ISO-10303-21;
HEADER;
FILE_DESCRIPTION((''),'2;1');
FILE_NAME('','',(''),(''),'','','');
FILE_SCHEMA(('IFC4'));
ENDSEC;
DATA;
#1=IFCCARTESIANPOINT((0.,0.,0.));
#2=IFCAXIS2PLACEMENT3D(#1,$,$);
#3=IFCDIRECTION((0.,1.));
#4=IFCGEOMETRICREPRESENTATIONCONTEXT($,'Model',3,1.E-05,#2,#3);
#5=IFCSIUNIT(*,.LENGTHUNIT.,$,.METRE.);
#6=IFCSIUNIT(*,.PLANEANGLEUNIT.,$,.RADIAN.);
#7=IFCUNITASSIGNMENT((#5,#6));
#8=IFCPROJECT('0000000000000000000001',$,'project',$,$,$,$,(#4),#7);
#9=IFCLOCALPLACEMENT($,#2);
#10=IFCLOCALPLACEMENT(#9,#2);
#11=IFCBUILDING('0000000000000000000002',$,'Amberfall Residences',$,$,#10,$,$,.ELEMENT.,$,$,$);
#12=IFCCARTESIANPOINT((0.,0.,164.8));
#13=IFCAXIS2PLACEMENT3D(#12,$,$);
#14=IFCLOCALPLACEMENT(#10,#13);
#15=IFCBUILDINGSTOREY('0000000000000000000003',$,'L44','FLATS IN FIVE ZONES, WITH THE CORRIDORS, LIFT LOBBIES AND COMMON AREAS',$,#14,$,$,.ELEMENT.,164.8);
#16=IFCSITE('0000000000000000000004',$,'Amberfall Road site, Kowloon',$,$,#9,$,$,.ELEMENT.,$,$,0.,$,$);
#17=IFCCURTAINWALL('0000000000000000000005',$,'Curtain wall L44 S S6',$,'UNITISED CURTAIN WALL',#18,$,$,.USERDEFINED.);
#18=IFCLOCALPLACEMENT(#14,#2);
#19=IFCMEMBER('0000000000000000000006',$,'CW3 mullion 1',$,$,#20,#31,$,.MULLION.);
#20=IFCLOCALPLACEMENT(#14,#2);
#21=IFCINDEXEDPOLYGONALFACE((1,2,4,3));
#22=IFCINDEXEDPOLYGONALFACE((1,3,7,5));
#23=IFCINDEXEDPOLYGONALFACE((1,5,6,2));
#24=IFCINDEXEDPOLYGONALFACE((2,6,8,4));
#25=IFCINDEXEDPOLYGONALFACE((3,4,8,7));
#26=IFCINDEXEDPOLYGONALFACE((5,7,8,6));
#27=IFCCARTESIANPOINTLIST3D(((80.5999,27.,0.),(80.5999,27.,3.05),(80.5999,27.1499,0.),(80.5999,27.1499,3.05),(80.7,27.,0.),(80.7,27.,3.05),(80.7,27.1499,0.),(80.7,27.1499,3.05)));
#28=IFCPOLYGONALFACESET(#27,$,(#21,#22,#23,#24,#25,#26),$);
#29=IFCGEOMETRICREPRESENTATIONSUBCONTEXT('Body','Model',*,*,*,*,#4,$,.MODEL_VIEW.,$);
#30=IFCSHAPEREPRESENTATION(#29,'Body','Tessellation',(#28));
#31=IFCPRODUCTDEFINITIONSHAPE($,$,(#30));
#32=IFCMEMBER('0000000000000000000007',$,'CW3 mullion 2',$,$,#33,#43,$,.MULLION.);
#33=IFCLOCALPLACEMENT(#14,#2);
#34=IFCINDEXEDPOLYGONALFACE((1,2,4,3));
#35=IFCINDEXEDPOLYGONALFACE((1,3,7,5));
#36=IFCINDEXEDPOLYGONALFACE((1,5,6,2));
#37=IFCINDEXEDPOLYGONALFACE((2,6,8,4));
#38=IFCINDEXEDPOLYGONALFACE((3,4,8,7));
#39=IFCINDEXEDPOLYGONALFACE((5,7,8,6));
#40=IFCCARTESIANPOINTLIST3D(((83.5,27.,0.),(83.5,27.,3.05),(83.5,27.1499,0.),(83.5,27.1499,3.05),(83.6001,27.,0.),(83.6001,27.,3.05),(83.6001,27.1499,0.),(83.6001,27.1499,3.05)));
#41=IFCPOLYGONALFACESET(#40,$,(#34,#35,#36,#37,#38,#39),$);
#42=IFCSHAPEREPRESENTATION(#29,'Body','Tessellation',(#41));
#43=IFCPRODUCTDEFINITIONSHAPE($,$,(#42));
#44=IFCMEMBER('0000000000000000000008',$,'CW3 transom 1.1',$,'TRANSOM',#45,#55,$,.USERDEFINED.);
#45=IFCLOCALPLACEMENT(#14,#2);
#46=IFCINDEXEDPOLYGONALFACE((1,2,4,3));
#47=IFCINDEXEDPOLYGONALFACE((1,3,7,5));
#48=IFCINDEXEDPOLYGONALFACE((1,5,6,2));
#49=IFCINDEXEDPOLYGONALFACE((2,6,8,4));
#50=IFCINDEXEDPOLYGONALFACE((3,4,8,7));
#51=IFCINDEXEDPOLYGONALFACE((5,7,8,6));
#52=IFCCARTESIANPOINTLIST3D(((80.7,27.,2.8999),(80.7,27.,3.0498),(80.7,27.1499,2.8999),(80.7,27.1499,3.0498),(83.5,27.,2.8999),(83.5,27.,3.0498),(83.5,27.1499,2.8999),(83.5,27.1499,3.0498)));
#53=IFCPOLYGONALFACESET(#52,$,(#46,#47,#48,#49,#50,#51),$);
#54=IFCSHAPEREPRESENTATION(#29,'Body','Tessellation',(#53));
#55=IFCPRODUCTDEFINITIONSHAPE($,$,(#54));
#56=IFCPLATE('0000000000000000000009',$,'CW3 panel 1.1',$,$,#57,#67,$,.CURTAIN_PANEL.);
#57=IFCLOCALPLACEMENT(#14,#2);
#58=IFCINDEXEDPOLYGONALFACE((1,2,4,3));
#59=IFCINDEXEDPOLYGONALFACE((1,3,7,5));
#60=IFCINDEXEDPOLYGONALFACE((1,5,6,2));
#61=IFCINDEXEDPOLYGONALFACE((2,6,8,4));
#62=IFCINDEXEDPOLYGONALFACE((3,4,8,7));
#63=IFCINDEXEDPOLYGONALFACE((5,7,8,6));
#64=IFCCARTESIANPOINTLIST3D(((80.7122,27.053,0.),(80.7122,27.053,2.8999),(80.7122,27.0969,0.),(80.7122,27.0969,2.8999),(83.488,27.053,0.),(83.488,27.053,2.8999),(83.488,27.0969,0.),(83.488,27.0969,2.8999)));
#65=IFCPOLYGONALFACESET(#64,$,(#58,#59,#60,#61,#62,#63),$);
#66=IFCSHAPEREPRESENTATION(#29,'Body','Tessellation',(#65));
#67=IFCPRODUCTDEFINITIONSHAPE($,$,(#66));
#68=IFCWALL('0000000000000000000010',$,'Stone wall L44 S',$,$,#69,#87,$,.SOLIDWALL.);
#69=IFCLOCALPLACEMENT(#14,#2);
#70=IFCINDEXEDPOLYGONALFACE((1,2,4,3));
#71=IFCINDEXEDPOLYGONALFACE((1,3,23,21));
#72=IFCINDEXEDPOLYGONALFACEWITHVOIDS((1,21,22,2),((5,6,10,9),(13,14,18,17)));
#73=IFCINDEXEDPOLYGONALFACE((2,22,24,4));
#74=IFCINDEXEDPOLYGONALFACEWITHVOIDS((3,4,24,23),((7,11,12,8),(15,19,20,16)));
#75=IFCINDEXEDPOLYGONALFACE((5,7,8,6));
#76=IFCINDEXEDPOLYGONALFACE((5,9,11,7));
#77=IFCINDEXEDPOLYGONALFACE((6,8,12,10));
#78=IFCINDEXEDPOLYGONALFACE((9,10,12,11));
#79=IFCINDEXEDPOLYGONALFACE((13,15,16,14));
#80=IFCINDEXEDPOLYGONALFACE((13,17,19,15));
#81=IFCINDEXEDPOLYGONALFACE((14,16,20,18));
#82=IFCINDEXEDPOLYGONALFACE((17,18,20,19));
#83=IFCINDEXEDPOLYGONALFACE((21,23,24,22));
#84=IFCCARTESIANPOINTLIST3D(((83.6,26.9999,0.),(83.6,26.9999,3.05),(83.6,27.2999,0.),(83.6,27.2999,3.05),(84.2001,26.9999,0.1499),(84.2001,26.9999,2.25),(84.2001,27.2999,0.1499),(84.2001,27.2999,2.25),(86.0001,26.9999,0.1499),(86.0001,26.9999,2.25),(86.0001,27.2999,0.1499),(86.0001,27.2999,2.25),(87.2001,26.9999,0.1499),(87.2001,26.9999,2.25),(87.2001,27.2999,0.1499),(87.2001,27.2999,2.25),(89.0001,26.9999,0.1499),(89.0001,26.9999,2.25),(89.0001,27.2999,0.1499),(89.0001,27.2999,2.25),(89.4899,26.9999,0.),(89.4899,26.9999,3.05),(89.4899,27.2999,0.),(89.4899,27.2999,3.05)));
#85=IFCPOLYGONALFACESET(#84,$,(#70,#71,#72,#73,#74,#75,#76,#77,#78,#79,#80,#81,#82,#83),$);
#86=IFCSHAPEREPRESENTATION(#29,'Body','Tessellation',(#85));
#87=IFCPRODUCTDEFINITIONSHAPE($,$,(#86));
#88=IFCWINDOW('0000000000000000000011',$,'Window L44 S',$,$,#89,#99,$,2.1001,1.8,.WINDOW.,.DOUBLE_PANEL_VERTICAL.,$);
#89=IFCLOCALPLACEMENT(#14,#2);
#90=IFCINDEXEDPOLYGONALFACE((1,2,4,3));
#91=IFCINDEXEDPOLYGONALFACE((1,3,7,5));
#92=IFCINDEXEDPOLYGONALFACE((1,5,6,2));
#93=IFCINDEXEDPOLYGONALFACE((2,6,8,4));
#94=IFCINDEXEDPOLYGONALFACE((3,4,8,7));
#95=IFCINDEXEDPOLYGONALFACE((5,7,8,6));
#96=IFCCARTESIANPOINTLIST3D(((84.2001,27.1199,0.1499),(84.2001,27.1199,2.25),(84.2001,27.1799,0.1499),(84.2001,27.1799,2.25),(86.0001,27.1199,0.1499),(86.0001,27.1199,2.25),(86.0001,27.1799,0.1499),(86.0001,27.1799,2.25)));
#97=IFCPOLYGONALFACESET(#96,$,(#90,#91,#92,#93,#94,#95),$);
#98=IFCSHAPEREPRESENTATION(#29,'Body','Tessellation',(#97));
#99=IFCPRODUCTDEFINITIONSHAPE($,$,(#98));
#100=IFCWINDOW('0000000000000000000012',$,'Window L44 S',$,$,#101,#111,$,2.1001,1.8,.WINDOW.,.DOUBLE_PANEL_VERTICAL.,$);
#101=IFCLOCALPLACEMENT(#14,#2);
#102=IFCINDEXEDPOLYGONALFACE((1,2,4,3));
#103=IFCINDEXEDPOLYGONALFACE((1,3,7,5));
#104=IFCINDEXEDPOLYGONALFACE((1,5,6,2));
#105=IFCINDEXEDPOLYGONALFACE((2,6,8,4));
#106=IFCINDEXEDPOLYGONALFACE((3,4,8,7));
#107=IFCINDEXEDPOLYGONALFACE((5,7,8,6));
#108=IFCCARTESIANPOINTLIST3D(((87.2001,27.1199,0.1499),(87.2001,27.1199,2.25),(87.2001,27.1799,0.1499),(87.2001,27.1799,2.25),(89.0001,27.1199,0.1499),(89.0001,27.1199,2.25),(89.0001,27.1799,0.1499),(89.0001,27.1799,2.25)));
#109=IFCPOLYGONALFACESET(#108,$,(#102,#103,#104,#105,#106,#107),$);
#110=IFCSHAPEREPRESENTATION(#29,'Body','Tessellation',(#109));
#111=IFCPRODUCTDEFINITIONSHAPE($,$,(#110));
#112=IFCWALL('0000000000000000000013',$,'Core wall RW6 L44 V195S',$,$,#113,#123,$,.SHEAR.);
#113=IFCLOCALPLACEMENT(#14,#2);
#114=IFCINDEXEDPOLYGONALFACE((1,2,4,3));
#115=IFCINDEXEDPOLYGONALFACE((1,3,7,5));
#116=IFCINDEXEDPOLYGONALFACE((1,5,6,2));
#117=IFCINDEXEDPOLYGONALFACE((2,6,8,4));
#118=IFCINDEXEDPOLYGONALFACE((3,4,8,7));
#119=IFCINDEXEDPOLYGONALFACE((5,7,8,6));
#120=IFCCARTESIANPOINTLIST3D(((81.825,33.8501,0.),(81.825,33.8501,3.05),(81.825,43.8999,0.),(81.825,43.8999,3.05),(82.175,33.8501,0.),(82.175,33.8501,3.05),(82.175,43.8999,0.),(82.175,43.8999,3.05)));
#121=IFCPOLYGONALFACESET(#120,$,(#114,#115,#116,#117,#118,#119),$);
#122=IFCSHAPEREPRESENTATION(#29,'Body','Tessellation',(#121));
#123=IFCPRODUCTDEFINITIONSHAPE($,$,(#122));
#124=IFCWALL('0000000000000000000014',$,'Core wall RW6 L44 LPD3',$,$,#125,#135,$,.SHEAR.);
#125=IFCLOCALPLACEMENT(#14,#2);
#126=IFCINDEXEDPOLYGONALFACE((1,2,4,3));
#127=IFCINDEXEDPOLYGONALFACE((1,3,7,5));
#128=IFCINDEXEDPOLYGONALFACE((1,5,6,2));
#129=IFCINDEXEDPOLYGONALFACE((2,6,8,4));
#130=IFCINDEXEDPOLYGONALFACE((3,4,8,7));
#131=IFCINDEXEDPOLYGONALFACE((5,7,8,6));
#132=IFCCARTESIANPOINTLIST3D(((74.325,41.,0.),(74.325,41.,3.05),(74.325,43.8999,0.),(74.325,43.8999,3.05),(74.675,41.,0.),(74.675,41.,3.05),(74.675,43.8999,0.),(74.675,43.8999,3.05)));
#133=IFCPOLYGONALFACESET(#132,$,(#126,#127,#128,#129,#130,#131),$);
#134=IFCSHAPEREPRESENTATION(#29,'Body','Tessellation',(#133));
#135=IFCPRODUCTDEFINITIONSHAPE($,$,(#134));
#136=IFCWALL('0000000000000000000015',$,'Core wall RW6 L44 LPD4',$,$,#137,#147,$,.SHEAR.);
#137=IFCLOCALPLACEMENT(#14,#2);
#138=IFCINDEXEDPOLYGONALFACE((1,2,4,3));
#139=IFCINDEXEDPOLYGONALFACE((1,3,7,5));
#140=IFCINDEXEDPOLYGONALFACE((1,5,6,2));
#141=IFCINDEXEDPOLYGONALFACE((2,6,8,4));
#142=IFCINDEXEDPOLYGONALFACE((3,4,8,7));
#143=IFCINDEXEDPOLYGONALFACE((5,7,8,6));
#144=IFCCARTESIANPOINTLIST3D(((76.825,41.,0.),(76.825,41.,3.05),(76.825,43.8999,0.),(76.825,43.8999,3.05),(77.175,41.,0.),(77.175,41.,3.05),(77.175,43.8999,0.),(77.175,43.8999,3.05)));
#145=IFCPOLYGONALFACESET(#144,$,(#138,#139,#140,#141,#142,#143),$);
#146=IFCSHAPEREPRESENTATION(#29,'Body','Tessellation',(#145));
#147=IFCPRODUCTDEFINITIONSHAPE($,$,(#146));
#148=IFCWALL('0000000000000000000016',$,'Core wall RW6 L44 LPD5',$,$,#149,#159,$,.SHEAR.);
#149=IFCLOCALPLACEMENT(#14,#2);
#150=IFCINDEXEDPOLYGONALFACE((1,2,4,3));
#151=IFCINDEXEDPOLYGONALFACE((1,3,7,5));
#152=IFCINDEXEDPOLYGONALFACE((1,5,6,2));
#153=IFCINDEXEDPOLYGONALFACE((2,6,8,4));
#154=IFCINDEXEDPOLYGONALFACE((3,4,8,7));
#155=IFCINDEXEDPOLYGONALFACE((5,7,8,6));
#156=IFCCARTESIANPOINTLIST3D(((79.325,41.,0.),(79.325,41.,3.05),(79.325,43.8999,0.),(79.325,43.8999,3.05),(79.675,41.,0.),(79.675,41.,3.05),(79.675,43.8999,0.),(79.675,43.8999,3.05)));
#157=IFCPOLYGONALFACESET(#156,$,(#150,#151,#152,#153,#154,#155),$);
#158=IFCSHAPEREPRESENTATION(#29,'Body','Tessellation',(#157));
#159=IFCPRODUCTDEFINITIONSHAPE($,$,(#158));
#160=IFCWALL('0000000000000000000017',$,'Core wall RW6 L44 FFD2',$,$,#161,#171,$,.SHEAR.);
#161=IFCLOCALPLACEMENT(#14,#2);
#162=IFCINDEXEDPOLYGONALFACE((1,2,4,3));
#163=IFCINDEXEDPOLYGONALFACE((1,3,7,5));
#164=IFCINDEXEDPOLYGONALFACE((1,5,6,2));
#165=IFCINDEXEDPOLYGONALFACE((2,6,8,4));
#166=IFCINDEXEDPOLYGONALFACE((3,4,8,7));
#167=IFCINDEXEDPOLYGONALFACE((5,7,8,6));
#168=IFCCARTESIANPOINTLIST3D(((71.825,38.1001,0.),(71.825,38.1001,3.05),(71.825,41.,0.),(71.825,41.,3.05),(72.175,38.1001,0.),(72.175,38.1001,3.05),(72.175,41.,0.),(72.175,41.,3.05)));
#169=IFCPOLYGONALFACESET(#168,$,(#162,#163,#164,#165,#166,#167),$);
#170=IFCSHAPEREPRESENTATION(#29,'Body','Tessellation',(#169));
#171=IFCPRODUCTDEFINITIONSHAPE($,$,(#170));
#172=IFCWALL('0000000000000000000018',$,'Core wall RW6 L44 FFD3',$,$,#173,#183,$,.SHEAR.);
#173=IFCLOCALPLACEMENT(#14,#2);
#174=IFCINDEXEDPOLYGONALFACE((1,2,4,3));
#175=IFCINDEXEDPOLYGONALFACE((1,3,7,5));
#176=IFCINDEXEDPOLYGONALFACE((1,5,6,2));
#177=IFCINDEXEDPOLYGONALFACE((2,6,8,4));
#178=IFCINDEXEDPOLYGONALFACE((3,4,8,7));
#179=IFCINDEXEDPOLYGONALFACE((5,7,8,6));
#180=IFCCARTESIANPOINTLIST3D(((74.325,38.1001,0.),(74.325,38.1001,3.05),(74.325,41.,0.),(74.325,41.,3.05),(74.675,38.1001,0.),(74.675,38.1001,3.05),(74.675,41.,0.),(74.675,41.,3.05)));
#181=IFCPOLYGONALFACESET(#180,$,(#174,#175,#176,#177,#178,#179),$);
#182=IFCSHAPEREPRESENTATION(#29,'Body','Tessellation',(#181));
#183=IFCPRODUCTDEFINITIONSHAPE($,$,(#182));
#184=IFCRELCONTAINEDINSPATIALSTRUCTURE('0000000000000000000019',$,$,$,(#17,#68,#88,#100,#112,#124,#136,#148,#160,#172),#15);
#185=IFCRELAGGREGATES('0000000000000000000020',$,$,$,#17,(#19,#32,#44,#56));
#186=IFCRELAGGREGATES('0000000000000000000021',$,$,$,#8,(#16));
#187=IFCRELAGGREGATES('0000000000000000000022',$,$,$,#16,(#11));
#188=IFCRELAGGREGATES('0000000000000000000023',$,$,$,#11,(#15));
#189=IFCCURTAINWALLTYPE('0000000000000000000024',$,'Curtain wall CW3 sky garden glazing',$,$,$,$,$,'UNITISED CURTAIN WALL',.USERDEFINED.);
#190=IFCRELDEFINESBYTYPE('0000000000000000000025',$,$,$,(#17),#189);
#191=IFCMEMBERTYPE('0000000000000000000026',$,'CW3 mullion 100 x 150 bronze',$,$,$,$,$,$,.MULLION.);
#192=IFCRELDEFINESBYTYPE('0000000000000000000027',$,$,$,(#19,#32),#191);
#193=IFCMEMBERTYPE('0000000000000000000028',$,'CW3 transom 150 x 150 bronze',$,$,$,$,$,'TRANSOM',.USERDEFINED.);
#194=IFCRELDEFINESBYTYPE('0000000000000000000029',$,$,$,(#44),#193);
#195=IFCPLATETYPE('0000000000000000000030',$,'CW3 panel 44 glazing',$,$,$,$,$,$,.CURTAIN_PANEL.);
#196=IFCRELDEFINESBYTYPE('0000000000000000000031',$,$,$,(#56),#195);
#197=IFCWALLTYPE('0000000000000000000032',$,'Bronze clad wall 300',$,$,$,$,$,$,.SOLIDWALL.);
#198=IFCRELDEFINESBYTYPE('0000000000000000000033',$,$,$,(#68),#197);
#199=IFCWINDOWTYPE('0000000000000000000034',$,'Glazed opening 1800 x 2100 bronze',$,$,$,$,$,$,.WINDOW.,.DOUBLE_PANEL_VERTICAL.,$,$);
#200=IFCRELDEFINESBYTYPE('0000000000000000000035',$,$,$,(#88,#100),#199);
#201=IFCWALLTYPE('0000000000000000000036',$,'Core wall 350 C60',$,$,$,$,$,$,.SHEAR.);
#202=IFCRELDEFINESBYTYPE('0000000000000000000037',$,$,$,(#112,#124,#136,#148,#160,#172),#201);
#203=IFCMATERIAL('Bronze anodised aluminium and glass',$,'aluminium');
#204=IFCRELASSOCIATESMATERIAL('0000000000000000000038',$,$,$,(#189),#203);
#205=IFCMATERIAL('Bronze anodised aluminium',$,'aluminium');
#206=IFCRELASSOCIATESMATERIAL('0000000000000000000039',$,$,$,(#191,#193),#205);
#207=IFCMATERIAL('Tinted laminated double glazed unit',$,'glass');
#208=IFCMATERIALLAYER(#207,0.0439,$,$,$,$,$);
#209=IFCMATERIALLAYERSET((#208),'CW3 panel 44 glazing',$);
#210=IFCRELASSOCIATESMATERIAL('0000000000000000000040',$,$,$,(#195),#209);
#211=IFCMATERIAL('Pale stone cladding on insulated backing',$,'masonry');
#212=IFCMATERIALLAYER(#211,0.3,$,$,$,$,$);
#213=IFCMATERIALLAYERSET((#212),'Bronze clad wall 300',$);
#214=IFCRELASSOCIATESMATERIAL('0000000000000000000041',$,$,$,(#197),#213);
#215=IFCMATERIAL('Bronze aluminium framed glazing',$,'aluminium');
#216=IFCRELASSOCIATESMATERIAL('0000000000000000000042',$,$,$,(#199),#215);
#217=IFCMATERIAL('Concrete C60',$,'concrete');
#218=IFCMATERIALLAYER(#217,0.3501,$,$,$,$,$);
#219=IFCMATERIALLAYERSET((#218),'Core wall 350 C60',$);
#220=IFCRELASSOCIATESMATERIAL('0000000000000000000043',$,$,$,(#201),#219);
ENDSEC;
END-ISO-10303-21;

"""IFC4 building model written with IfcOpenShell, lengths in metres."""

from ifc_helpers import new_model, si_unit, direction, frame, frame_2d, origin, origin_2d, place, context, subcontext, project, spatial, rectangle, extrude, material, layer, layer_set, material_profile, profile_set, type_object, element, fill, aggregate, save


model = new_model("IFC4")

# Units and contexts
model_context = context("Model", 3, precision=1e-05, world=origin(), true_north=direction((0.0, 1.0)))
body_context = subcontext(model_context, "Body", "Model", "MODEL_VIEW")
ifc_project = project(units=[si_unit("LENGTHUNIT", "METRE"), si_unit("PLANEANGLEUNIT", "RADIAN")], contexts=[model_context])

# Site, building, storey
site_placement = place(None, origin())
site = spatial("IfcSite", under=ifc_project, at=site_placement, Name="Amberfall Road site, Kowloon", CompositionType="ELEMENT", RefElevation=0.0)
building_placement = place(site_placement, origin())
building = spatial("IfcBuilding", under=site, at=building_placement, Name="Amberfall Residences", CompositionType="ELEMENT")
storey_placement = place(building_placement, frame((0.0, 0.0, 164.8)))
storey = spatial("IfcBuildingStorey", under=building, at=storey_placement, Name="L44", Description="FLATS IN FIVE ZONES, WITH THE CORRIDORS, LIFT LOBBIES AND COMMON AREAS", CompositionType="ELEMENT", Elevation=164.8)

# Curtain wall, members, plate
ifc_material_1 = material(Name="Bronze anodised aluminium and glass", Category="aluminium")
curtain_wall_type = type_object("IfcCurtainWallType", Name="Curtain wall CW3 sky garden glazing", ElementType="UNITISED CURTAIN WALL", PredefinedType="USERDEFINED", material=ifc_material_1)
curtain_wall_placement = place(storey_placement, origin())
curtain_wall = element("IfcCurtainWall", 1, at=curtain_wall_placement, inside=storey, type_object=curtain_wall_type, Name="Curtain wall L44 S S6", ObjectType="UNITISED CURTAIN WALL", PredefinedType="USERDEFINED")
ifc_material_2 = material(Name="Bronze anodised aluminium", Category="aluminium")
ifc_material_profile_1 = material_profile(ifc_material_2, rectangle(XDim=0.1499, YDim=0.1001, at=origin_2d()), Name="CW3 mullion 100 x 150 bronze")
ifc_profile_set_1 = profile_set([ifc_material_profile_1], Name="Bronze anodised aluminium")
member_type_1 = type_object("IfcMemberType", Name="CW3 mullion 100 x 150 bronze", PredefinedType="MULLION", material=ifc_profile_set_1)
member_1_placement = place(storey_placement, frame((80.6499, 27.075, 0.0), z_axis=(0.0, 0.0, 1.0), x_axis=(0.0, 1.0, 0.0)))
member_1 = element("IfcMember", 2, at=member_1_placement, type_object=member_type_1, Name="CW3 mullion 1", PredefinedType="MULLION", context=body_context, shape_type="SweptSolid", body=[
    extrude(rectangle(XDim=0.1499, YDim=0.1001, at=origin_2d()), origin(), (0.0, 0.0, 1.0), 3.05),
])
member_2_placement = place(storey_placement, frame((83.55, 27.075, 0.0), z_axis=(0.0, 0.0, 1.0), x_axis=(0.0, 1.0, 0.0)))
member_2 = element("IfcMember", 3, at=member_2_placement, type_object=member_type_1, Name="CW3 mullion 2", PredefinedType="MULLION", context=body_context, shape_type="SweptSolid", body=[
    extrude(rectangle(XDim=0.1499, YDim=0.1001, at=origin_2d()), origin(), (0.0, 0.0, 1.0), 3.05),
])
ifc_material_profile_2 = material_profile(ifc_material_2, rectangle(XDim=0.1499, YDim=0.1499, at=origin_2d()), Name="CW3 transom 150 x 150 bronze")
ifc_profile_set_2 = profile_set([ifc_material_profile_2], Name="Bronze anodised aluminium")
member_type_2 = type_object("IfcMemberType", Name="CW3 transom 150 x 150 bronze", ElementType="TRANSOM", PredefinedType="USERDEFINED", material=ifc_profile_set_2)
member_3_placement = place(storey_placement, frame((80.7, 27.075, 2.9749), z_axis=(1.0, 0.0, 0.0), x_axis=(0.0, 1.0, 0.0)))
member_3 = element("IfcMember", 4, at=member_3_placement, type_object=member_type_2, Name="CW3 transom 1.1", ObjectType="TRANSOM", PredefinedType="USERDEFINED", context=body_context, shape_type="SweptSolid", body=[
    extrude(rectangle(XDim=0.1499, YDim=0.1499, at=origin_2d()), origin(), (0.0, 0.0, 1.0), 2.8),
])
ifc_material_3 = material(Name="Tinted laminated double glazed unit", Category="glass")
ifc_layer_1 = layer(ifc_material_3, 0.0439)
ifc_layer_set_1 = layer_set([ifc_layer_1], Name="CW3 panel 44 glazing")
plate_type = type_object("IfcPlateType", Name="CW3 panel 44 glazing", PredefinedType="CURTAIN_PANEL", material=ifc_layer_set_1)
plate_placement = place(storey_placement, frame((82.1001, 27.075, 0.0), z_axis=(0.0, 0.0, 1.0), x_axis=(1.0, 0.0, 0.0)))
plate = element("IfcPlate", 5, at=plate_placement, type_object=plate_type, Name="CW3 panel 1.1", PredefinedType="CURTAIN_PANEL", context=body_context, shape_type="SweptSolid", body=[
    extrude(rectangle(XDim=2.7759, YDim=0.0439, at=origin_2d()), origin(), (0.0, 0.0, 1.0), 2.8999),
])
aggregate(curtain_wall, [member_1, member_2, member_3, plate])

# Wall, openings, windows
ifc_material_4 = material(Name="Pale stone cladding on insulated backing", Category="masonry")
ifc_layer_2 = layer(ifc_material_4, 0.3)
ifc_layer_set_2 = layer_set([ifc_layer_2], Name="Bronze clad wall 300")
wall_type_1 = type_object("IfcWallType", Name="Bronze clad wall 300", PredefinedType="SOLIDWALL", material=ifc_layer_set_2)
wall_1_placement = place(storey_placement, frame((83.6001, 27.1499, 0.0), z_axis=(0.0, 0.0, 1.0), x_axis=(1.0, 0.0, 0.0)))
wall_1 = element("IfcWall", 6, at=wall_1_placement, inside=storey, type_object=wall_type_1, Name="Stone wall L44 S", PredefinedType="SOLIDWALL", context=body_context, shape_type="SweptSolid", body=[
    extrude(rectangle(XDim=5.8899, YDim=0.3, at=frame_2d((2.9448, 0.0))), origin(), (0.0, 0.0, 1.0), 3.05),
])
opening_1_placement = place(wall_1_placement, frame((0.6001, 0.0, 0.1499)))
opening_1 = element("IfcOpeningElement", 7, at=opening_1_placement, cuts=wall_1, PredefinedType="OPENING", context=body_context, shape_type="SweptSolid", body=[
    extrude(rectangle(XDim=1.8, YDim=2.1001, at=frame_2d((0.8999, 1.05))), frame((0.0, 0.1599, 0.0), z_axis=(0.0, -1.0, 0.0), x_axis=(1.0, 0.0, 0.0)), (0.0, 0.0, 1.0), 0.3201),
])
opening_2_placement = place(wall_1_placement, frame((3.6001, 0.0, 0.1499)))
opening_2 = element("IfcOpeningElement", 8, at=opening_2_placement, cuts=wall_1, PredefinedType="OPENING", context=body_context, shape_type="SweptSolid", body=[
    extrude(rectangle(XDim=1.8, YDim=2.1001, at=frame_2d((0.8999, 1.05))), frame((0.0, 0.1599, 0.0), z_axis=(0.0, -1.0, 0.0), x_axis=(1.0, 0.0, 0.0)), (0.0, 0.0, 1.0), 0.3201),
])
ifc_material_5 = material(Name="Bronze aluminium framed glazing", Category="aluminium")
window_type = type_object("IfcWindowType", Name="Glazed opening 1800 x 2100 bronze", PartitioningType="DOUBLE_PANEL_VERTICAL", PredefinedType="WINDOW", material=ifc_material_5)
window_1_placement = place(opening_1_placement, origin())
window_1 = element("IfcWindow", 9, at=window_1_placement, inside=storey, type_object=window_type, Name="Window L44 S", OverallHeight=2.1001, OverallWidth=1.8, PartitioningType="DOUBLE_PANEL_VERTICAL", PredefinedType="WINDOW", context=body_context, shape_type="SweptSolid", body=[
    extrude(rectangle(XDim=1.8, YDim=2.1001, at=frame_2d((0.8999, 1.05))), frame((0.0, 0.03, 0.0), z_axis=(0.0, -1.0, 0.0), x_axis=(1.0, 0.0, 0.0)), (0.0, 0.0, 1.0), 0.0601),
])
fill(opening_1, window_1)
window_2_placement = place(opening_2_placement, origin())
window_2 = element("IfcWindow", 10, at=window_2_placement, inside=storey, type_object=window_type, Name="Window L44 S", OverallHeight=2.1001, OverallWidth=1.8, PartitioningType="DOUBLE_PANEL_VERTICAL", PredefinedType="WINDOW", context=body_context, shape_type="SweptSolid", body=[
    extrude(rectangle(XDim=1.8, YDim=2.1001, at=frame_2d((0.8999, 1.05))), frame((0.0, 0.03, 0.0), z_axis=(0.0, -1.0, 0.0), x_axis=(1.0, 0.0, 0.0)), (0.0, 0.0, 1.0), 0.0601),
])
fill(opening_2, window_2)

# Walls
ifc_material_6 = material(Name="Concrete C60", Category="concrete")
ifc_layer_3 = layer(ifc_material_6, 0.3501)
ifc_layer_set_3 = layer_set([ifc_layer_3], Name="Core wall 350 C60")
wall_type_2 = type_object("IfcWallType", Name="Core wall 350 C60", PredefinedType="SHEAR", material=ifc_layer_set_3)
wall_2_placement = place(storey_placement, frame((82.0, 33.8501, 0.0), z_axis=(0.0, 0.0, 1.0), x_axis=(0.0, 1.0, 0.0)))
element("IfcWall", 11, at=wall_2_placement, inside=storey, type_object=wall_type_2, Name="Core wall RW6 L44 V195S", PredefinedType="SHEAR", context=body_context, shape_type="SweptSolid", body=[
    extrude(rectangle(XDim=10.0498, YDim=0.3501, at=frame_2d((5.0249, 0.0))), origin(), (0.0, 0.0, 1.0), 3.05),
])
for number, where, z_axis, x_axis, name in (
    (12, (74.5, 41.0, 0.0), (0.0, 0.0, 1.0), (0.0, 1.0, 0.0), "Core wall RW6 L44 LPD3"),
    (13, (77.0, 41.0, 0.0), (0.0, 0.0, 1.0), (0.0, 1.0, 0.0), "Core wall RW6 L44 LPD4"),
    (14, (79.5, 41.0, 0.0), (0.0, 0.0, 1.0), (0.0, 1.0, 0.0), "Core wall RW6 L44 LPD5"),
    (15, (72.0, 38.1001, 0.0), (0.0, 0.0, 1.0), (0.0, 1.0, 0.0), "Core wall RW6 L44 FFD2"),
    (16, (74.5, 38.1001, 0.0), (0.0, 0.0, 1.0), (0.0, 1.0, 0.0), "Core wall RW6 L44 FFD3"),
):
    element("IfcWall", number, at=place(storey_placement, frame(where, z_axis=z_axis, x_axis=x_axis)), inside=storey, type_object=wall_type_2, Name=name, PredefinedType="SHEAR", context=body_context, shape_type="SweptSolid", body=[
        extrude(rectangle(XDim=2.8999, YDim=0.3501, at=frame_2d((1.45, 0.0))), origin(), (0.0, 0.0, 1.0), 3.05),
    ])

save(model, "model.ifc")
